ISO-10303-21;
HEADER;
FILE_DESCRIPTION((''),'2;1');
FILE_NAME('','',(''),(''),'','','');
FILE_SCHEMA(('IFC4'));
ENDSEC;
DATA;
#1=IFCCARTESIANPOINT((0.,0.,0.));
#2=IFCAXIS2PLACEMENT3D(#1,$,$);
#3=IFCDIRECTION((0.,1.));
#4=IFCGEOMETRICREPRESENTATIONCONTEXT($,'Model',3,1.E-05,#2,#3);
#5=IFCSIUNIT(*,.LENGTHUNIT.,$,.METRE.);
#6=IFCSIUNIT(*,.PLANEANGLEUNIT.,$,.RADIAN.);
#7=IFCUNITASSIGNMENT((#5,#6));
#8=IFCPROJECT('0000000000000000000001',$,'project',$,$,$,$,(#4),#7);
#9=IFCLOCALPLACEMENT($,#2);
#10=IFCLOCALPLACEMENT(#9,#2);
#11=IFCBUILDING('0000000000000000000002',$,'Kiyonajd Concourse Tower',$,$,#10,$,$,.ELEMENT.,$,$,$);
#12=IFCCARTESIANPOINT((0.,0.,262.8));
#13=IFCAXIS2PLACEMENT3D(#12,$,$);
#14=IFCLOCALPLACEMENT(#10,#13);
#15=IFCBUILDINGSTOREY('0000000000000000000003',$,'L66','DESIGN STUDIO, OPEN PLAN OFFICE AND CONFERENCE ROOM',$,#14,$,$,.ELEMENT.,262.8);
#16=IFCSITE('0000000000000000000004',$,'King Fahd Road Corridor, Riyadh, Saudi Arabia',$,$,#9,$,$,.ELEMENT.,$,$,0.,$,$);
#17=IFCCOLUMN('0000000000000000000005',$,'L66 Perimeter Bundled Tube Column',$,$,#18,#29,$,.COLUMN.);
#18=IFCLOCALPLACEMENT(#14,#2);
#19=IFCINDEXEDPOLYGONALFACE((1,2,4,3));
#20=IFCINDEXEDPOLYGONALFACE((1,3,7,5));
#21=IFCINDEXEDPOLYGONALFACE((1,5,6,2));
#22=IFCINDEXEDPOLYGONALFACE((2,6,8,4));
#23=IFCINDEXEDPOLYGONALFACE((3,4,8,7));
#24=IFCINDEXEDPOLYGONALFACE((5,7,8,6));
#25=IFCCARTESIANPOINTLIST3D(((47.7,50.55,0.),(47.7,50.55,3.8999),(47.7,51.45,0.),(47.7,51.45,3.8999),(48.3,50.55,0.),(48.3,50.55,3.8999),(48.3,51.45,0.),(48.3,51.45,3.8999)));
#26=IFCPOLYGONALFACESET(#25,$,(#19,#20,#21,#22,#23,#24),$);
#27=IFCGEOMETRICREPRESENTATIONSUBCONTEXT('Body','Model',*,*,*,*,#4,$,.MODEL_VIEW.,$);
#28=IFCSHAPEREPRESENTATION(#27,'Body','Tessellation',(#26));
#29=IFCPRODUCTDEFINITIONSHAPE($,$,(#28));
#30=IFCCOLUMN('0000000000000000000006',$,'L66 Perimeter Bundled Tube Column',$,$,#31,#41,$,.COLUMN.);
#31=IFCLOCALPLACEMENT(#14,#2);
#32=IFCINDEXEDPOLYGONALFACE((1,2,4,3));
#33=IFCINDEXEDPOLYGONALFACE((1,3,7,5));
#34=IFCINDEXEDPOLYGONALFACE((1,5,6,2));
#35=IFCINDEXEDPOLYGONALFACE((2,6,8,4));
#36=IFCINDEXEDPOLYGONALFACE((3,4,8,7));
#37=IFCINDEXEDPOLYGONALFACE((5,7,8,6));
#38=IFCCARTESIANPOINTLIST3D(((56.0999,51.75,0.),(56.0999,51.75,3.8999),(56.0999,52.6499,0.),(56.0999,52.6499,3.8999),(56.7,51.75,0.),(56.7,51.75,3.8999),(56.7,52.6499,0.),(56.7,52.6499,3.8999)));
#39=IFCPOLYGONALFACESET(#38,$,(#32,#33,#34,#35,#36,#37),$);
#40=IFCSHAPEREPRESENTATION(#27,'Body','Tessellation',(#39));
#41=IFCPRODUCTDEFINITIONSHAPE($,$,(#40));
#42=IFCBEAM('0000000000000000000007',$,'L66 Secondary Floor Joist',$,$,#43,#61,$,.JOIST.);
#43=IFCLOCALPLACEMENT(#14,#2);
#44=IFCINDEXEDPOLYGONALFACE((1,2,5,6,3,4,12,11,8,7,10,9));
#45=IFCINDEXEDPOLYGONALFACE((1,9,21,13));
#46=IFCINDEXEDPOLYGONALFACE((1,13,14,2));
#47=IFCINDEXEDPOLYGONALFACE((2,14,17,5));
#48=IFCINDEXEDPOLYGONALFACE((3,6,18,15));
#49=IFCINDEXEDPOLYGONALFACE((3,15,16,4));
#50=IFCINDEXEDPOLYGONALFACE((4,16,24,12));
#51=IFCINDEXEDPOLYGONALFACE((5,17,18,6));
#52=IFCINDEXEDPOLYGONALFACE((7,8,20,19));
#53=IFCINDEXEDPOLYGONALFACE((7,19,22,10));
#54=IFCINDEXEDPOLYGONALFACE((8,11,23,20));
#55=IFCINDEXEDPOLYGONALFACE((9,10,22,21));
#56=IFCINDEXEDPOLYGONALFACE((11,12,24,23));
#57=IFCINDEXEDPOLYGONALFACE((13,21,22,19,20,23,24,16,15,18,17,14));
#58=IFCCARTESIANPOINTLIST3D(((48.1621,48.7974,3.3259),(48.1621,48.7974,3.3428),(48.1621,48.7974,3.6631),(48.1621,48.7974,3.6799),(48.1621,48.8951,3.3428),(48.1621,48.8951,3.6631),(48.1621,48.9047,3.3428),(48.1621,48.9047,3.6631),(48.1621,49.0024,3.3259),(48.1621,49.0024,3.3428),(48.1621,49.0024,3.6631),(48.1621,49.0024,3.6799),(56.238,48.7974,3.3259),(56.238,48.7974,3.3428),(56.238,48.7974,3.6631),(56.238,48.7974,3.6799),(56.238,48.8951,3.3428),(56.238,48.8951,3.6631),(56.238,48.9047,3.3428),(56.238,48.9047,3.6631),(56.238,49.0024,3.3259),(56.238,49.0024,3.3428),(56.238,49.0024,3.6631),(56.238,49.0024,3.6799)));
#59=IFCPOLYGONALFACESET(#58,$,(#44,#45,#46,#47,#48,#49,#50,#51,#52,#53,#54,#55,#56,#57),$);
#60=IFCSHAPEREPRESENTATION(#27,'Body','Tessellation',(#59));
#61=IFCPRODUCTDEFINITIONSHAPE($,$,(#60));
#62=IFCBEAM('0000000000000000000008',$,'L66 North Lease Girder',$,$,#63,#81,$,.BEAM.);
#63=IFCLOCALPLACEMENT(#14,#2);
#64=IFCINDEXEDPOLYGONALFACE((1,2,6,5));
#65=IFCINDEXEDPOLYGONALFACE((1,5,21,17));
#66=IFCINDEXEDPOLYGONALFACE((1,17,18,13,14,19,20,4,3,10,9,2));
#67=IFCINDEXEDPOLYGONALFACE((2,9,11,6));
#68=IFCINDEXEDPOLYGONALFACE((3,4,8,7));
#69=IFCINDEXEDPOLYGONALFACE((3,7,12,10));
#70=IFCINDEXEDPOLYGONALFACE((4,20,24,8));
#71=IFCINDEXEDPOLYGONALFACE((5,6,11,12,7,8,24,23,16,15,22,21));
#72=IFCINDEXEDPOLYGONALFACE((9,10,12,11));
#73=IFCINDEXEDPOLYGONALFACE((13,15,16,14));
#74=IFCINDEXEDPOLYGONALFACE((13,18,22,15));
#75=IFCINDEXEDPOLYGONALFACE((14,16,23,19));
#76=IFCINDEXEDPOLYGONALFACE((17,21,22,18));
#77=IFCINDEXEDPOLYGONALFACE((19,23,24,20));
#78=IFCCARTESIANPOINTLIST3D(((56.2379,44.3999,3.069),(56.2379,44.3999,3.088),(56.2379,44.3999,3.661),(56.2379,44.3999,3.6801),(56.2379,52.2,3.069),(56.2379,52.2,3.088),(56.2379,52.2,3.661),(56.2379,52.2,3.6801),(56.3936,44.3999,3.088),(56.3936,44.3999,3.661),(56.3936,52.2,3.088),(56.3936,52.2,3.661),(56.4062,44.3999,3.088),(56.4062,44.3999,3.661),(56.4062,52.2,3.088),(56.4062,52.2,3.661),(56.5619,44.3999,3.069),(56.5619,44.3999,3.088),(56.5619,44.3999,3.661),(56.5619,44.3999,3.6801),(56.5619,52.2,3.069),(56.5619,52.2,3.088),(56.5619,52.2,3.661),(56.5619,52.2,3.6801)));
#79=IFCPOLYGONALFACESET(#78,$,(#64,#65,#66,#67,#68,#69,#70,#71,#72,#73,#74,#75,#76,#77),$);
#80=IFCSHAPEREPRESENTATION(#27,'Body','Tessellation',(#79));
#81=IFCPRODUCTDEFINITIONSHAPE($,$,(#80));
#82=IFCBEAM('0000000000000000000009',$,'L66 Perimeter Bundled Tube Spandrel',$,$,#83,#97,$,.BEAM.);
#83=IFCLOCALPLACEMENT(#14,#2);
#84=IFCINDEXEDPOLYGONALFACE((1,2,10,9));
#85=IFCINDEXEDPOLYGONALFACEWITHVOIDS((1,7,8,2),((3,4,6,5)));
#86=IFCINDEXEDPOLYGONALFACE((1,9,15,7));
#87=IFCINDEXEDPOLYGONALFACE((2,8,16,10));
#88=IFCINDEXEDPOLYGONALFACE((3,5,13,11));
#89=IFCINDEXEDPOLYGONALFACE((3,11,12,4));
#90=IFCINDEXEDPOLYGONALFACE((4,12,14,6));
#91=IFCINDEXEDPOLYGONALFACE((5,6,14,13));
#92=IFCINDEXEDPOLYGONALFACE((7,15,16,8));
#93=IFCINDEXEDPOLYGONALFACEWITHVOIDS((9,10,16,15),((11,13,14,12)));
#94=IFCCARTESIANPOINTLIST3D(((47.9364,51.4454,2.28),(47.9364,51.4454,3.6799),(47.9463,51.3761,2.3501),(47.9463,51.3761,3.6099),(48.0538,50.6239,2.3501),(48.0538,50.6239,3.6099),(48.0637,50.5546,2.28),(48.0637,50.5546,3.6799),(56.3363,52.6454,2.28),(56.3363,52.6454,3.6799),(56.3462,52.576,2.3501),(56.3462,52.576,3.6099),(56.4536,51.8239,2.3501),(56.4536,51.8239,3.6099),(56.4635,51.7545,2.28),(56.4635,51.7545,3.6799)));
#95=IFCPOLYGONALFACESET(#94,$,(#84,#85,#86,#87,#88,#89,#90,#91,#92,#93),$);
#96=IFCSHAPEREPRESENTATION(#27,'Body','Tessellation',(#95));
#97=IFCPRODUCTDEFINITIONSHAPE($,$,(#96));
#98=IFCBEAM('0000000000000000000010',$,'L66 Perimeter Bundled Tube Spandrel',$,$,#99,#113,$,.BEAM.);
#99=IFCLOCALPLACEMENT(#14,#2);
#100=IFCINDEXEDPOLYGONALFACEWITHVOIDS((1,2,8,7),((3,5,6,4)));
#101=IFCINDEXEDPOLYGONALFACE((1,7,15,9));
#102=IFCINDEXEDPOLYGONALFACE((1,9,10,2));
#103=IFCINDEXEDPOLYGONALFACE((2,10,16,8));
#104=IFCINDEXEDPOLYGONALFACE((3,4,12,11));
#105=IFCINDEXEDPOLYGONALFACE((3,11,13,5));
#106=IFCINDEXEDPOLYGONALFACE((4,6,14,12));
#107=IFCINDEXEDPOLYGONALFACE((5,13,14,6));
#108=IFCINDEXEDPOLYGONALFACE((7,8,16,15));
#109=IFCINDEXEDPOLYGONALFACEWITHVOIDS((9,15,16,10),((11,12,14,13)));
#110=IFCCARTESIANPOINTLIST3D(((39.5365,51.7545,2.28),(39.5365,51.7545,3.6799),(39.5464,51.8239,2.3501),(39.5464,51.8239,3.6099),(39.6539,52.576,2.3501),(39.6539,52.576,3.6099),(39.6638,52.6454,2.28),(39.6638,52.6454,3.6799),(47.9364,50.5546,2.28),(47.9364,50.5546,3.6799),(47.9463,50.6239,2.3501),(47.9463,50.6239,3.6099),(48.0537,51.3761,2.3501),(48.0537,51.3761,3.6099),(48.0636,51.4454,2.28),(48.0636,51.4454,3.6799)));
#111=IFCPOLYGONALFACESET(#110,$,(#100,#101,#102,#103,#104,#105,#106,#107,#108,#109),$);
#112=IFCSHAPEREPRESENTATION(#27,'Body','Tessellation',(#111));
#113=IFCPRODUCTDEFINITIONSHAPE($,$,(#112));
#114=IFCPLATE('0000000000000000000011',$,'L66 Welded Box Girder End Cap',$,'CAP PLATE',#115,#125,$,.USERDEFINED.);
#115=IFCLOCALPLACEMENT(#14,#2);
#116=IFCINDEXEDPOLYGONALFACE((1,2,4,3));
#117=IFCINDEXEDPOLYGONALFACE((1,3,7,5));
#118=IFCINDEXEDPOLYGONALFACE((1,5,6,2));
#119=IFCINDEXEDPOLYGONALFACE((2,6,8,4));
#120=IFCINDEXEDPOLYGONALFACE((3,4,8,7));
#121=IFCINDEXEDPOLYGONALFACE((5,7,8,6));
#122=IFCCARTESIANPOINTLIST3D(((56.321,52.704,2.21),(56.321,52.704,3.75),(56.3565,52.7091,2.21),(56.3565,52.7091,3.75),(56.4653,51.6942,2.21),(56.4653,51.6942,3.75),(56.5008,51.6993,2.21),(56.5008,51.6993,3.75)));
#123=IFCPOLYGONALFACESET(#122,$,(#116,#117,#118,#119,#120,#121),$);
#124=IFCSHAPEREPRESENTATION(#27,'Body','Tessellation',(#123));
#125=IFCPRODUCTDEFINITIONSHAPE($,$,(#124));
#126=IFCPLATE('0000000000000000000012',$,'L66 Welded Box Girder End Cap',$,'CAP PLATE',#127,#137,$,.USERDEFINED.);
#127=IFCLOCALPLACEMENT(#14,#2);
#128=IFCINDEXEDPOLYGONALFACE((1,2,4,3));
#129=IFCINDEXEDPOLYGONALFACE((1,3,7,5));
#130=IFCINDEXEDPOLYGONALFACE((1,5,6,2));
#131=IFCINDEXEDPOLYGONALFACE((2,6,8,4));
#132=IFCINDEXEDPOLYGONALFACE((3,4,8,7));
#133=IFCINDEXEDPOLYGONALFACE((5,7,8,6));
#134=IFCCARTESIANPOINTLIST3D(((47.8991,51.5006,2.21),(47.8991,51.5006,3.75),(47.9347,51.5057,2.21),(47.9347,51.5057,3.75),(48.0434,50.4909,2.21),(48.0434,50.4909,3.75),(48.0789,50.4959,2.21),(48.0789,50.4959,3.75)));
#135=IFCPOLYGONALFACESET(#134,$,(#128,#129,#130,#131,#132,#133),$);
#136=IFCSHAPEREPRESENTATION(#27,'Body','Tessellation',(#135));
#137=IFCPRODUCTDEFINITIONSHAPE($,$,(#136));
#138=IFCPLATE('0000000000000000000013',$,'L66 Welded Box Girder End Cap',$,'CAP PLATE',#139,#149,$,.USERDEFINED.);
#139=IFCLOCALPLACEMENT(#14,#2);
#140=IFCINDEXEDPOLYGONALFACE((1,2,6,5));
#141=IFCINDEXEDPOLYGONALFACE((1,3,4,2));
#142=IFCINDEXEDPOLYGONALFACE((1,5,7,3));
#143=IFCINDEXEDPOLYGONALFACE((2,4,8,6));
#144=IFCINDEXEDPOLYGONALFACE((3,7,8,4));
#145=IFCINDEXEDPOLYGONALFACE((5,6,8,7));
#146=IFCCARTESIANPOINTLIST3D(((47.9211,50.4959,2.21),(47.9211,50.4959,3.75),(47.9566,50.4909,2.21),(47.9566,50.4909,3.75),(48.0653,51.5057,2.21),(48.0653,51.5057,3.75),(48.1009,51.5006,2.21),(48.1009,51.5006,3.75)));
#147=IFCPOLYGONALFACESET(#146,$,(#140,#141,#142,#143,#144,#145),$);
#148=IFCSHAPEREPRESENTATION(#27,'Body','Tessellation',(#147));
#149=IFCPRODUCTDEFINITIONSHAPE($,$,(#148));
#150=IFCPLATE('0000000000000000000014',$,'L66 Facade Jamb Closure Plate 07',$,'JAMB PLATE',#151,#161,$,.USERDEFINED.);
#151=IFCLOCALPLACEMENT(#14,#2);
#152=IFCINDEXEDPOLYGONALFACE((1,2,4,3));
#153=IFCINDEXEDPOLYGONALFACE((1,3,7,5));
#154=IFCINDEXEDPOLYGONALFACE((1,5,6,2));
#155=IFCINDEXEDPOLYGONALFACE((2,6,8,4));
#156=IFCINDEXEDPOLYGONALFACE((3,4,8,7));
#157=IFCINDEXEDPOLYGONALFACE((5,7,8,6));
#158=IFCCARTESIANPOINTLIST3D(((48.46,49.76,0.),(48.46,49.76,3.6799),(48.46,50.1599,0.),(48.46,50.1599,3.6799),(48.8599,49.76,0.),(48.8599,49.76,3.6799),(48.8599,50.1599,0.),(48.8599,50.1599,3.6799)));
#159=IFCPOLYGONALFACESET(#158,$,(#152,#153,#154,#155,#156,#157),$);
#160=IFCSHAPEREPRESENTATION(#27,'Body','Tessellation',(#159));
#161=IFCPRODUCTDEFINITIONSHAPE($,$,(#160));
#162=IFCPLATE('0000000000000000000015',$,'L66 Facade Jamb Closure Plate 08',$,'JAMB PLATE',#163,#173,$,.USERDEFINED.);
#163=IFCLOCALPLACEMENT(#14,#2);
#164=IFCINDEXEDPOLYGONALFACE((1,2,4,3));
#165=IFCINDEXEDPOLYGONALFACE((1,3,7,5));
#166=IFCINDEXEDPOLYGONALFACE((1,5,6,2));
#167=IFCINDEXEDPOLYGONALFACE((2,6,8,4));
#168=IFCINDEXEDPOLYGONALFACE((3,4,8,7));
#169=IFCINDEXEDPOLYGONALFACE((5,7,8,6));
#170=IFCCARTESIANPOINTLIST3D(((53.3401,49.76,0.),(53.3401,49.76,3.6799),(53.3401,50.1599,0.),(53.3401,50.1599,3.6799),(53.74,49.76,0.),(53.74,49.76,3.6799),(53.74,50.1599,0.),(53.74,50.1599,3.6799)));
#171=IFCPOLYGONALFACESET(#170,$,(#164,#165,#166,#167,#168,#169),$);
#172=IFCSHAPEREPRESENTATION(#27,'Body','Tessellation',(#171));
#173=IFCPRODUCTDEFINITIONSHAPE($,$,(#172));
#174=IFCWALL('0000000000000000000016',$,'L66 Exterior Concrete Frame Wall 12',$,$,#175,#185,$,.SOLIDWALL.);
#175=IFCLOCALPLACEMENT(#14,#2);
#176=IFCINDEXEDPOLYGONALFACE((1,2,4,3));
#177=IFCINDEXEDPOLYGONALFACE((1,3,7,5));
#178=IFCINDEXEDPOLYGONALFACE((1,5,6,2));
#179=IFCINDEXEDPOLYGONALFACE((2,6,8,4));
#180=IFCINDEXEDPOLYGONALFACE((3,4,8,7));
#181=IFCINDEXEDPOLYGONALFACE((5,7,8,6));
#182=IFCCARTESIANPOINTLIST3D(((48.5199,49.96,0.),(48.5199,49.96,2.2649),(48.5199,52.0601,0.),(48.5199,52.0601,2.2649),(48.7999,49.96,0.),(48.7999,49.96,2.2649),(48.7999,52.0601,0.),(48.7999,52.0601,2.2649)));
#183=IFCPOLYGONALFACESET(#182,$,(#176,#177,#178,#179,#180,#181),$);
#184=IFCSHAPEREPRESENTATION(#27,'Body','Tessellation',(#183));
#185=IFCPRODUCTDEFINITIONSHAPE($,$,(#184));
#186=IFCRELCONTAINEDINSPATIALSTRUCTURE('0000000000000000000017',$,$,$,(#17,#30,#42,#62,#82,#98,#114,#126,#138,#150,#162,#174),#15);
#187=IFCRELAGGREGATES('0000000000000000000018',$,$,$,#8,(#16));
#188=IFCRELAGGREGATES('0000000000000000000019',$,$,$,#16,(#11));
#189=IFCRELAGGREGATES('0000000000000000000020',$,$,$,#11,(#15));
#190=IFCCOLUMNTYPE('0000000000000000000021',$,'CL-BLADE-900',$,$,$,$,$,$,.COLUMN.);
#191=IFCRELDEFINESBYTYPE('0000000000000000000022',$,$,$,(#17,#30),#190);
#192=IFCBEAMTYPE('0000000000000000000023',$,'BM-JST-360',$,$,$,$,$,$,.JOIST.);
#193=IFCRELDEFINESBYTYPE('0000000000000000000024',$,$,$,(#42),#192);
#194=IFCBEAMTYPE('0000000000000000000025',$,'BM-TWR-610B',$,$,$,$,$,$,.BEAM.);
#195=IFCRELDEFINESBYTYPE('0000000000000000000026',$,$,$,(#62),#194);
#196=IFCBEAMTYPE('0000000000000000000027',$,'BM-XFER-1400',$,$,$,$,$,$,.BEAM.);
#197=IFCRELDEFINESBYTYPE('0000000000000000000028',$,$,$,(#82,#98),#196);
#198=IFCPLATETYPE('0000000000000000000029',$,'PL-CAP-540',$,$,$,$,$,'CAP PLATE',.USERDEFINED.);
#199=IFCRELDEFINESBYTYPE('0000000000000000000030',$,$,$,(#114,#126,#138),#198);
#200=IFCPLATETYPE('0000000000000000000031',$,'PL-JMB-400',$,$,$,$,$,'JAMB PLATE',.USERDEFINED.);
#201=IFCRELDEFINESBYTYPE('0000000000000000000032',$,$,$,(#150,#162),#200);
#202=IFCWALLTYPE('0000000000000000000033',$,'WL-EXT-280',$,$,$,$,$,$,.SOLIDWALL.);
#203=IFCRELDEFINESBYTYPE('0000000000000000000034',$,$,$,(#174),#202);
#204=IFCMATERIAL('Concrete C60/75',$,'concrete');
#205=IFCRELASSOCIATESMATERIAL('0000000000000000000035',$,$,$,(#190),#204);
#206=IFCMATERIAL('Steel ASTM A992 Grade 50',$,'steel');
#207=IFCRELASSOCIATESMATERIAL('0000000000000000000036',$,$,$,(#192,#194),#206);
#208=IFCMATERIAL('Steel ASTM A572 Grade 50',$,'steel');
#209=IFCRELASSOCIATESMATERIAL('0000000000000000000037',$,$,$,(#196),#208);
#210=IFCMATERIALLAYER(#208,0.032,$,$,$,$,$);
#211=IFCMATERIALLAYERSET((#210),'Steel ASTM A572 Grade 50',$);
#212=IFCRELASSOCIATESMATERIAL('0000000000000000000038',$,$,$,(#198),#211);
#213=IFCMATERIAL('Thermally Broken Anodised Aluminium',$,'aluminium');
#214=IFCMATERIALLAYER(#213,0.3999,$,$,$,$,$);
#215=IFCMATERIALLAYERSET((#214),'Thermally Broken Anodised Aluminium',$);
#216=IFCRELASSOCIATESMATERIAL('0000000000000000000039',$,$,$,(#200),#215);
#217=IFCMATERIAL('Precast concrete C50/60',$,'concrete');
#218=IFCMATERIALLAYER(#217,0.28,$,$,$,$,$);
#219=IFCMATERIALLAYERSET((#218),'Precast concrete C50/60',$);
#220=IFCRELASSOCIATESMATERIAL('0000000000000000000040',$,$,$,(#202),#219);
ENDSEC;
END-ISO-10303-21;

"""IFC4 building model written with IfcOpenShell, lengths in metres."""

from ifc_helpers import new_model, si_unit, direction, frame, frame_2d, origin, origin_2d, place, context, subcontext, project, spatial, rectangle, hollow_rectangle, i_section, extrude, material, layer, layer_set, material_profile, profile_set, type_object, element, save


model = new_model("IFC4")

# Units and contexts
model_context = context("Model", 3, precision=1e-05, world=origin(), true_north=direction((0.0, 1.0)))
body_context = subcontext(model_context, "Body", "Model", "MODEL_VIEW")
ifc_project = project(units=[si_unit("LENGTHUNIT", "METRE"), si_unit("PLANEANGLEUNIT", "RADIAN")], contexts=[model_context])

# Site, building, storey
site_placement = place(None, origin())
site = spatial("IfcSite", under=ifc_project, at=site_placement, Name="King Fahd Road Corridor, Riyadh, Saudi Arabia", CompositionType="ELEMENT", RefElevation=0.0)
building_placement = place(site_placement, origin())
building = spatial("IfcBuilding", under=site, at=building_placement, Name="Kiyonajd Concourse Tower", CompositionType="ELEMENT")
storey_placement = place(building_placement, frame((0.0, 0.0, 262.8)))
storey = spatial("IfcBuildingStorey", under=building, at=storey_placement, Name="L66", Description="DESIGN STUDIO, OPEN PLAN OFFICE AND CONFERENCE ROOM", CompositionType="ELEMENT", Elevation=262.8)

# Columns
ifc_material_1 = material(Name="Concrete C60/75", Category="concrete")
ifc_material_profile_1 = material_profile(ifc_material_1, rectangle(XDim=0.6001, YDim=0.8999, at=origin_2d()), Name="RC-900x600")
ifc_profile_set_1 = profile_set([ifc_material_profile_1], Name="Concrete C60/75")
column_type = type_object("IfcColumnType", Name="CL-BLADE-900", PredefinedType="COLUMN", material=ifc_profile_set_1)
for number, where, z_axis, x_axis, name in (
    (1, (48.0, 51.0, 0.0), (0.0, 0.0, 1.0), (1.0, 0.0, 0.0), "L66 Perimeter Bundled Tube Column"),
    (2, (56.3999, 52.2, 0.0), (0.0, 0.0, 1.0), (1.0, 0.0, 0.0), "L66 Perimeter Bundled Tube Column"),
):
    element("IfcColumn", number, at=place(storey_placement, frame(where, z_axis=z_axis, x_axis=x_axis)), inside=storey, type_object=column_type, Name=name, PredefinedType="COLUMN", context=body_context, shape_type="SweptSolid", body=[
        extrude(rectangle(XDim=0.6001, YDim=0.8999, at=origin_2d()), origin(), (0.0, 0.0, 1.0), 3.8999),
    ])

# Beams
ifc_material_2 = material(Name="Steel ASTM A992 Grade 50", Category="steel")
ifc_material_profile_2 = material_profile(ifc_material_2, i_section(OverallWidth=0.2051, OverallDepth=0.354, WebThickness=0.0095, FlangeThickness=0.0168, at=origin_2d()), Name="W360X79")
ifc_profile_set_2 = profile_set([ifc_material_profile_2], Name="Steel ASTM A992 Grade 50")
beam_type_1 = type_object("IfcBeamType", Name="BM-JST-360", PredefinedType="JOIST", material=ifc_profile_set_2)
beam_1_placement = place(storey_placement, frame((48.1621, 48.8999, 3.5029), z_axis=(1.0, 0.0, 0.0), x_axis=(0.0, 1.0, 0.0)))
element("IfcBeam", 3, at=beam_1_placement, inside=storey, type_object=beam_type_1, Name="L66 Secondary Floor Joist", PredefinedType="JOIST", context=body_context, shape_type="SweptSolid", body=[
    extrude(i_section(OverallWidth=0.2051, OverallDepth=0.354, WebThickness=0.0095, FlangeThickness=0.0168, at=origin_2d()), origin(), (0.0, 0.0, 1.0), 8.0759),
])
ifc_material_profile_3 = material_profile(ifc_material_2, i_section(OverallWidth=0.324, OverallDepth=0.6111, WebThickness=0.0127, FlangeThickness=0.019, at=origin_2d()), Name="W610X155")
ifc_profile_set_3 = profile_set([ifc_material_profile_3], Name="Steel ASTM A992 Grade 50")
beam_type_2 = type_object("IfcBeamType", Name="BM-TWR-610B", PredefinedType="BEAM", material=ifc_profile_set_3)
beam_2_placement = place(storey_placement, frame((56.3999, 44.3999, 3.3745), z_axis=(0.0, 1.0, 0.0), x_axis=(-1.0, 0.0, 0.0)))
element("IfcBeam", 4, at=beam_2_placement, inside=storey, type_object=beam_type_2, Name="L66 North Lease Girder", PredefinedType="BEAM", context=body_context, shape_type="SweptSolid", body=[
    extrude(i_section(OverallWidth=0.324, OverallDepth=0.6111, WebThickness=0.0127, FlangeThickness=0.019, at=origin_2d()), origin(), (0.0, 0.0, 1.0), 7.8),
])
ifc_material_3 = material(Name="Steel ASTM A572 Grade 50", Category="steel")
ifc_material_profile_4 = material_profile(ifc_material_3, hollow_rectangle(XDim=0.8999, YDim=1.3999, WallThickness=0.0701, at=origin_2d()), Name="BOX-1400x900x70")
ifc_profile_set_4 = profile_set([ifc_material_profile_4], Name="Steel ASTM A572 Grade 50")
beam_type_3 = type_object("IfcBeamType", Name="BM-XFER-1400", PredefinedType="BEAM", material=ifc_profile_set_4)
for number, where, z_axis, x_axis, name in (
    (5, (56.3999, 52.2, 2.98), (-0.98995, -0.141417, 0.0), (0.141417, -0.98995, 0.0), "L66 Perimeter Bundled Tube Spandrel"),
    (6, (48.0, 51.0, 2.98), (-0.98995, 0.141417, 0.0), (-0.141417, -0.98995, 0.0), "L66 Perimeter Bundled Tube Spandrel"),
):
    element("IfcBeam", number, at=place(storey_placement, frame(where, z_axis=z_axis, x_axis=x_axis)), inside=storey, type_object=beam_type_3, Name=name, PredefinedType="BEAM", context=body_context, shape_type="SweptSolid", body=[
        extrude(hollow_rectangle(XDim=0.8999, YDim=1.3999, WallThickness=0.0701, at=origin_2d()), origin(), (0.0, 0.0, 1.0), 8.4851),
    ])

# Plates
ifc_layer_1 = layer(ifc_material_3, 0.032)
ifc_layer_set_1 = layer_set([ifc_layer_1], Name="Steel ASTM A572 Grade 50")
plate_type_1 = type_object("IfcPlateType", Name="PL-CAP-540", ElementType="CAP PLATE", PredefinedType="USERDEFINED", material=ifc_layer_set_1)
for number, where, z_axis, x_axis, name in (
    (7, (56.4109, 52.2017, 2.21), (0.0, 0.0, 1.0), (0.98995, 0.14142, 0.0), "L66 Welded Box Girder End Cap"),
    (8, (47.989, 50.9983, 2.21), (0.0, 0.0, 1.0), (-0.98995, -0.14142, 0.0), "L66 Welded Box Girder End Cap"),
    (9, (48.011, 50.9983, 2.21), (0.0, 0.0, 1.0), (0.98995, -0.14142, 0.0), "L66 Welded Box Girder End Cap"),
):
    element("IfcPlate", number, at=place(storey_placement, frame(where, z_axis=z_axis, x_axis=x_axis)), inside=storey, type_object=plate_type_1, Name=name, ObjectType="CAP PLATE", PredefinedType="USERDEFINED", context=body_context, shape_type="SweptSolid", body=[
        extrude(rectangle(XDim=0.0359, YDim=1.02, at=origin_2d()), origin(), (0.0, 0.0, 1.0), 1.54),
    ])
ifc_material_4 = material(Name="Thermally Broken Anodised Aluminium", Category="aluminium")
ifc_layer_2 = layer(ifc_material_4, 0.3999)
ifc_layer_set_2 = layer_set([ifc_layer_2], Name="Thermally Broken Anodised Aluminium")
plate_type_2 = type_object("IfcPlateType", Name="PL-JMB-400", ElementType="JAMB PLATE", PredefinedType="USERDEFINED", material=ifc_layer_set_2)
for number, where, z_axis, x_axis, name in (
    (10, (48.6599, 49.96, 0.0), (0.0, 0.0, 1.0), (1.0, 0.0, 0.0), "L66 Facade Jamb Closure Plate 07"),
    (11, (53.54, 49.96, 0.0), (0.0, 0.0, 1.0), (1.0, 0.0, 0.0), "L66 Facade Jamb Closure Plate 08"),
):
    element("IfcPlate", number, at=place(storey_placement, frame(where, z_axis=z_axis, x_axis=x_axis)), inside=storey, type_object=plate_type_2, Name=name, ObjectType="JAMB PLATE", PredefinedType="USERDEFINED", context=body_context, shape_type="SweptSolid", body=[
        extrude(rectangle(XDim=0.3999, YDim=0.3999, at=origin_2d()), origin(), (0.0, 0.0, 1.0), 3.6799),
    ])

# Wall
ifc_material_5 = material(Name="Precast concrete C50/60", Category="concrete")
ifc_layer_3 = layer(ifc_material_5, 0.28)
ifc_layer_set_3 = layer_set([ifc_layer_3], Name="Precast concrete C50/60")
wall_type_1 = type_object("IfcWallType", Name="WL-EXT-280", PredefinedType="SOLIDWALL", material=ifc_layer_set_3)
wall_1_placement = place(storey_placement, frame((48.6599, 52.0601, 0.0), z_axis=(0.0, 0.0, 1.0), x_axis=(0.0, -1.0, 0.0)))
element("IfcWall", 12, at=wall_1_placement, inside=storey, type_object=wall_type_1, Name="L66 Exterior Concrete Frame Wall 12", PredefinedType="SOLIDWALL", context=body_context, shape_type="SweptSolid", body=[
    extrude(rectangle(XDim=2.1001, YDim=0.28, at=frame_2d((1.05, 0.0))), origin(), (0.0, 0.0, 1.0), 2.2649),
])

save(model, "model.ifc")
